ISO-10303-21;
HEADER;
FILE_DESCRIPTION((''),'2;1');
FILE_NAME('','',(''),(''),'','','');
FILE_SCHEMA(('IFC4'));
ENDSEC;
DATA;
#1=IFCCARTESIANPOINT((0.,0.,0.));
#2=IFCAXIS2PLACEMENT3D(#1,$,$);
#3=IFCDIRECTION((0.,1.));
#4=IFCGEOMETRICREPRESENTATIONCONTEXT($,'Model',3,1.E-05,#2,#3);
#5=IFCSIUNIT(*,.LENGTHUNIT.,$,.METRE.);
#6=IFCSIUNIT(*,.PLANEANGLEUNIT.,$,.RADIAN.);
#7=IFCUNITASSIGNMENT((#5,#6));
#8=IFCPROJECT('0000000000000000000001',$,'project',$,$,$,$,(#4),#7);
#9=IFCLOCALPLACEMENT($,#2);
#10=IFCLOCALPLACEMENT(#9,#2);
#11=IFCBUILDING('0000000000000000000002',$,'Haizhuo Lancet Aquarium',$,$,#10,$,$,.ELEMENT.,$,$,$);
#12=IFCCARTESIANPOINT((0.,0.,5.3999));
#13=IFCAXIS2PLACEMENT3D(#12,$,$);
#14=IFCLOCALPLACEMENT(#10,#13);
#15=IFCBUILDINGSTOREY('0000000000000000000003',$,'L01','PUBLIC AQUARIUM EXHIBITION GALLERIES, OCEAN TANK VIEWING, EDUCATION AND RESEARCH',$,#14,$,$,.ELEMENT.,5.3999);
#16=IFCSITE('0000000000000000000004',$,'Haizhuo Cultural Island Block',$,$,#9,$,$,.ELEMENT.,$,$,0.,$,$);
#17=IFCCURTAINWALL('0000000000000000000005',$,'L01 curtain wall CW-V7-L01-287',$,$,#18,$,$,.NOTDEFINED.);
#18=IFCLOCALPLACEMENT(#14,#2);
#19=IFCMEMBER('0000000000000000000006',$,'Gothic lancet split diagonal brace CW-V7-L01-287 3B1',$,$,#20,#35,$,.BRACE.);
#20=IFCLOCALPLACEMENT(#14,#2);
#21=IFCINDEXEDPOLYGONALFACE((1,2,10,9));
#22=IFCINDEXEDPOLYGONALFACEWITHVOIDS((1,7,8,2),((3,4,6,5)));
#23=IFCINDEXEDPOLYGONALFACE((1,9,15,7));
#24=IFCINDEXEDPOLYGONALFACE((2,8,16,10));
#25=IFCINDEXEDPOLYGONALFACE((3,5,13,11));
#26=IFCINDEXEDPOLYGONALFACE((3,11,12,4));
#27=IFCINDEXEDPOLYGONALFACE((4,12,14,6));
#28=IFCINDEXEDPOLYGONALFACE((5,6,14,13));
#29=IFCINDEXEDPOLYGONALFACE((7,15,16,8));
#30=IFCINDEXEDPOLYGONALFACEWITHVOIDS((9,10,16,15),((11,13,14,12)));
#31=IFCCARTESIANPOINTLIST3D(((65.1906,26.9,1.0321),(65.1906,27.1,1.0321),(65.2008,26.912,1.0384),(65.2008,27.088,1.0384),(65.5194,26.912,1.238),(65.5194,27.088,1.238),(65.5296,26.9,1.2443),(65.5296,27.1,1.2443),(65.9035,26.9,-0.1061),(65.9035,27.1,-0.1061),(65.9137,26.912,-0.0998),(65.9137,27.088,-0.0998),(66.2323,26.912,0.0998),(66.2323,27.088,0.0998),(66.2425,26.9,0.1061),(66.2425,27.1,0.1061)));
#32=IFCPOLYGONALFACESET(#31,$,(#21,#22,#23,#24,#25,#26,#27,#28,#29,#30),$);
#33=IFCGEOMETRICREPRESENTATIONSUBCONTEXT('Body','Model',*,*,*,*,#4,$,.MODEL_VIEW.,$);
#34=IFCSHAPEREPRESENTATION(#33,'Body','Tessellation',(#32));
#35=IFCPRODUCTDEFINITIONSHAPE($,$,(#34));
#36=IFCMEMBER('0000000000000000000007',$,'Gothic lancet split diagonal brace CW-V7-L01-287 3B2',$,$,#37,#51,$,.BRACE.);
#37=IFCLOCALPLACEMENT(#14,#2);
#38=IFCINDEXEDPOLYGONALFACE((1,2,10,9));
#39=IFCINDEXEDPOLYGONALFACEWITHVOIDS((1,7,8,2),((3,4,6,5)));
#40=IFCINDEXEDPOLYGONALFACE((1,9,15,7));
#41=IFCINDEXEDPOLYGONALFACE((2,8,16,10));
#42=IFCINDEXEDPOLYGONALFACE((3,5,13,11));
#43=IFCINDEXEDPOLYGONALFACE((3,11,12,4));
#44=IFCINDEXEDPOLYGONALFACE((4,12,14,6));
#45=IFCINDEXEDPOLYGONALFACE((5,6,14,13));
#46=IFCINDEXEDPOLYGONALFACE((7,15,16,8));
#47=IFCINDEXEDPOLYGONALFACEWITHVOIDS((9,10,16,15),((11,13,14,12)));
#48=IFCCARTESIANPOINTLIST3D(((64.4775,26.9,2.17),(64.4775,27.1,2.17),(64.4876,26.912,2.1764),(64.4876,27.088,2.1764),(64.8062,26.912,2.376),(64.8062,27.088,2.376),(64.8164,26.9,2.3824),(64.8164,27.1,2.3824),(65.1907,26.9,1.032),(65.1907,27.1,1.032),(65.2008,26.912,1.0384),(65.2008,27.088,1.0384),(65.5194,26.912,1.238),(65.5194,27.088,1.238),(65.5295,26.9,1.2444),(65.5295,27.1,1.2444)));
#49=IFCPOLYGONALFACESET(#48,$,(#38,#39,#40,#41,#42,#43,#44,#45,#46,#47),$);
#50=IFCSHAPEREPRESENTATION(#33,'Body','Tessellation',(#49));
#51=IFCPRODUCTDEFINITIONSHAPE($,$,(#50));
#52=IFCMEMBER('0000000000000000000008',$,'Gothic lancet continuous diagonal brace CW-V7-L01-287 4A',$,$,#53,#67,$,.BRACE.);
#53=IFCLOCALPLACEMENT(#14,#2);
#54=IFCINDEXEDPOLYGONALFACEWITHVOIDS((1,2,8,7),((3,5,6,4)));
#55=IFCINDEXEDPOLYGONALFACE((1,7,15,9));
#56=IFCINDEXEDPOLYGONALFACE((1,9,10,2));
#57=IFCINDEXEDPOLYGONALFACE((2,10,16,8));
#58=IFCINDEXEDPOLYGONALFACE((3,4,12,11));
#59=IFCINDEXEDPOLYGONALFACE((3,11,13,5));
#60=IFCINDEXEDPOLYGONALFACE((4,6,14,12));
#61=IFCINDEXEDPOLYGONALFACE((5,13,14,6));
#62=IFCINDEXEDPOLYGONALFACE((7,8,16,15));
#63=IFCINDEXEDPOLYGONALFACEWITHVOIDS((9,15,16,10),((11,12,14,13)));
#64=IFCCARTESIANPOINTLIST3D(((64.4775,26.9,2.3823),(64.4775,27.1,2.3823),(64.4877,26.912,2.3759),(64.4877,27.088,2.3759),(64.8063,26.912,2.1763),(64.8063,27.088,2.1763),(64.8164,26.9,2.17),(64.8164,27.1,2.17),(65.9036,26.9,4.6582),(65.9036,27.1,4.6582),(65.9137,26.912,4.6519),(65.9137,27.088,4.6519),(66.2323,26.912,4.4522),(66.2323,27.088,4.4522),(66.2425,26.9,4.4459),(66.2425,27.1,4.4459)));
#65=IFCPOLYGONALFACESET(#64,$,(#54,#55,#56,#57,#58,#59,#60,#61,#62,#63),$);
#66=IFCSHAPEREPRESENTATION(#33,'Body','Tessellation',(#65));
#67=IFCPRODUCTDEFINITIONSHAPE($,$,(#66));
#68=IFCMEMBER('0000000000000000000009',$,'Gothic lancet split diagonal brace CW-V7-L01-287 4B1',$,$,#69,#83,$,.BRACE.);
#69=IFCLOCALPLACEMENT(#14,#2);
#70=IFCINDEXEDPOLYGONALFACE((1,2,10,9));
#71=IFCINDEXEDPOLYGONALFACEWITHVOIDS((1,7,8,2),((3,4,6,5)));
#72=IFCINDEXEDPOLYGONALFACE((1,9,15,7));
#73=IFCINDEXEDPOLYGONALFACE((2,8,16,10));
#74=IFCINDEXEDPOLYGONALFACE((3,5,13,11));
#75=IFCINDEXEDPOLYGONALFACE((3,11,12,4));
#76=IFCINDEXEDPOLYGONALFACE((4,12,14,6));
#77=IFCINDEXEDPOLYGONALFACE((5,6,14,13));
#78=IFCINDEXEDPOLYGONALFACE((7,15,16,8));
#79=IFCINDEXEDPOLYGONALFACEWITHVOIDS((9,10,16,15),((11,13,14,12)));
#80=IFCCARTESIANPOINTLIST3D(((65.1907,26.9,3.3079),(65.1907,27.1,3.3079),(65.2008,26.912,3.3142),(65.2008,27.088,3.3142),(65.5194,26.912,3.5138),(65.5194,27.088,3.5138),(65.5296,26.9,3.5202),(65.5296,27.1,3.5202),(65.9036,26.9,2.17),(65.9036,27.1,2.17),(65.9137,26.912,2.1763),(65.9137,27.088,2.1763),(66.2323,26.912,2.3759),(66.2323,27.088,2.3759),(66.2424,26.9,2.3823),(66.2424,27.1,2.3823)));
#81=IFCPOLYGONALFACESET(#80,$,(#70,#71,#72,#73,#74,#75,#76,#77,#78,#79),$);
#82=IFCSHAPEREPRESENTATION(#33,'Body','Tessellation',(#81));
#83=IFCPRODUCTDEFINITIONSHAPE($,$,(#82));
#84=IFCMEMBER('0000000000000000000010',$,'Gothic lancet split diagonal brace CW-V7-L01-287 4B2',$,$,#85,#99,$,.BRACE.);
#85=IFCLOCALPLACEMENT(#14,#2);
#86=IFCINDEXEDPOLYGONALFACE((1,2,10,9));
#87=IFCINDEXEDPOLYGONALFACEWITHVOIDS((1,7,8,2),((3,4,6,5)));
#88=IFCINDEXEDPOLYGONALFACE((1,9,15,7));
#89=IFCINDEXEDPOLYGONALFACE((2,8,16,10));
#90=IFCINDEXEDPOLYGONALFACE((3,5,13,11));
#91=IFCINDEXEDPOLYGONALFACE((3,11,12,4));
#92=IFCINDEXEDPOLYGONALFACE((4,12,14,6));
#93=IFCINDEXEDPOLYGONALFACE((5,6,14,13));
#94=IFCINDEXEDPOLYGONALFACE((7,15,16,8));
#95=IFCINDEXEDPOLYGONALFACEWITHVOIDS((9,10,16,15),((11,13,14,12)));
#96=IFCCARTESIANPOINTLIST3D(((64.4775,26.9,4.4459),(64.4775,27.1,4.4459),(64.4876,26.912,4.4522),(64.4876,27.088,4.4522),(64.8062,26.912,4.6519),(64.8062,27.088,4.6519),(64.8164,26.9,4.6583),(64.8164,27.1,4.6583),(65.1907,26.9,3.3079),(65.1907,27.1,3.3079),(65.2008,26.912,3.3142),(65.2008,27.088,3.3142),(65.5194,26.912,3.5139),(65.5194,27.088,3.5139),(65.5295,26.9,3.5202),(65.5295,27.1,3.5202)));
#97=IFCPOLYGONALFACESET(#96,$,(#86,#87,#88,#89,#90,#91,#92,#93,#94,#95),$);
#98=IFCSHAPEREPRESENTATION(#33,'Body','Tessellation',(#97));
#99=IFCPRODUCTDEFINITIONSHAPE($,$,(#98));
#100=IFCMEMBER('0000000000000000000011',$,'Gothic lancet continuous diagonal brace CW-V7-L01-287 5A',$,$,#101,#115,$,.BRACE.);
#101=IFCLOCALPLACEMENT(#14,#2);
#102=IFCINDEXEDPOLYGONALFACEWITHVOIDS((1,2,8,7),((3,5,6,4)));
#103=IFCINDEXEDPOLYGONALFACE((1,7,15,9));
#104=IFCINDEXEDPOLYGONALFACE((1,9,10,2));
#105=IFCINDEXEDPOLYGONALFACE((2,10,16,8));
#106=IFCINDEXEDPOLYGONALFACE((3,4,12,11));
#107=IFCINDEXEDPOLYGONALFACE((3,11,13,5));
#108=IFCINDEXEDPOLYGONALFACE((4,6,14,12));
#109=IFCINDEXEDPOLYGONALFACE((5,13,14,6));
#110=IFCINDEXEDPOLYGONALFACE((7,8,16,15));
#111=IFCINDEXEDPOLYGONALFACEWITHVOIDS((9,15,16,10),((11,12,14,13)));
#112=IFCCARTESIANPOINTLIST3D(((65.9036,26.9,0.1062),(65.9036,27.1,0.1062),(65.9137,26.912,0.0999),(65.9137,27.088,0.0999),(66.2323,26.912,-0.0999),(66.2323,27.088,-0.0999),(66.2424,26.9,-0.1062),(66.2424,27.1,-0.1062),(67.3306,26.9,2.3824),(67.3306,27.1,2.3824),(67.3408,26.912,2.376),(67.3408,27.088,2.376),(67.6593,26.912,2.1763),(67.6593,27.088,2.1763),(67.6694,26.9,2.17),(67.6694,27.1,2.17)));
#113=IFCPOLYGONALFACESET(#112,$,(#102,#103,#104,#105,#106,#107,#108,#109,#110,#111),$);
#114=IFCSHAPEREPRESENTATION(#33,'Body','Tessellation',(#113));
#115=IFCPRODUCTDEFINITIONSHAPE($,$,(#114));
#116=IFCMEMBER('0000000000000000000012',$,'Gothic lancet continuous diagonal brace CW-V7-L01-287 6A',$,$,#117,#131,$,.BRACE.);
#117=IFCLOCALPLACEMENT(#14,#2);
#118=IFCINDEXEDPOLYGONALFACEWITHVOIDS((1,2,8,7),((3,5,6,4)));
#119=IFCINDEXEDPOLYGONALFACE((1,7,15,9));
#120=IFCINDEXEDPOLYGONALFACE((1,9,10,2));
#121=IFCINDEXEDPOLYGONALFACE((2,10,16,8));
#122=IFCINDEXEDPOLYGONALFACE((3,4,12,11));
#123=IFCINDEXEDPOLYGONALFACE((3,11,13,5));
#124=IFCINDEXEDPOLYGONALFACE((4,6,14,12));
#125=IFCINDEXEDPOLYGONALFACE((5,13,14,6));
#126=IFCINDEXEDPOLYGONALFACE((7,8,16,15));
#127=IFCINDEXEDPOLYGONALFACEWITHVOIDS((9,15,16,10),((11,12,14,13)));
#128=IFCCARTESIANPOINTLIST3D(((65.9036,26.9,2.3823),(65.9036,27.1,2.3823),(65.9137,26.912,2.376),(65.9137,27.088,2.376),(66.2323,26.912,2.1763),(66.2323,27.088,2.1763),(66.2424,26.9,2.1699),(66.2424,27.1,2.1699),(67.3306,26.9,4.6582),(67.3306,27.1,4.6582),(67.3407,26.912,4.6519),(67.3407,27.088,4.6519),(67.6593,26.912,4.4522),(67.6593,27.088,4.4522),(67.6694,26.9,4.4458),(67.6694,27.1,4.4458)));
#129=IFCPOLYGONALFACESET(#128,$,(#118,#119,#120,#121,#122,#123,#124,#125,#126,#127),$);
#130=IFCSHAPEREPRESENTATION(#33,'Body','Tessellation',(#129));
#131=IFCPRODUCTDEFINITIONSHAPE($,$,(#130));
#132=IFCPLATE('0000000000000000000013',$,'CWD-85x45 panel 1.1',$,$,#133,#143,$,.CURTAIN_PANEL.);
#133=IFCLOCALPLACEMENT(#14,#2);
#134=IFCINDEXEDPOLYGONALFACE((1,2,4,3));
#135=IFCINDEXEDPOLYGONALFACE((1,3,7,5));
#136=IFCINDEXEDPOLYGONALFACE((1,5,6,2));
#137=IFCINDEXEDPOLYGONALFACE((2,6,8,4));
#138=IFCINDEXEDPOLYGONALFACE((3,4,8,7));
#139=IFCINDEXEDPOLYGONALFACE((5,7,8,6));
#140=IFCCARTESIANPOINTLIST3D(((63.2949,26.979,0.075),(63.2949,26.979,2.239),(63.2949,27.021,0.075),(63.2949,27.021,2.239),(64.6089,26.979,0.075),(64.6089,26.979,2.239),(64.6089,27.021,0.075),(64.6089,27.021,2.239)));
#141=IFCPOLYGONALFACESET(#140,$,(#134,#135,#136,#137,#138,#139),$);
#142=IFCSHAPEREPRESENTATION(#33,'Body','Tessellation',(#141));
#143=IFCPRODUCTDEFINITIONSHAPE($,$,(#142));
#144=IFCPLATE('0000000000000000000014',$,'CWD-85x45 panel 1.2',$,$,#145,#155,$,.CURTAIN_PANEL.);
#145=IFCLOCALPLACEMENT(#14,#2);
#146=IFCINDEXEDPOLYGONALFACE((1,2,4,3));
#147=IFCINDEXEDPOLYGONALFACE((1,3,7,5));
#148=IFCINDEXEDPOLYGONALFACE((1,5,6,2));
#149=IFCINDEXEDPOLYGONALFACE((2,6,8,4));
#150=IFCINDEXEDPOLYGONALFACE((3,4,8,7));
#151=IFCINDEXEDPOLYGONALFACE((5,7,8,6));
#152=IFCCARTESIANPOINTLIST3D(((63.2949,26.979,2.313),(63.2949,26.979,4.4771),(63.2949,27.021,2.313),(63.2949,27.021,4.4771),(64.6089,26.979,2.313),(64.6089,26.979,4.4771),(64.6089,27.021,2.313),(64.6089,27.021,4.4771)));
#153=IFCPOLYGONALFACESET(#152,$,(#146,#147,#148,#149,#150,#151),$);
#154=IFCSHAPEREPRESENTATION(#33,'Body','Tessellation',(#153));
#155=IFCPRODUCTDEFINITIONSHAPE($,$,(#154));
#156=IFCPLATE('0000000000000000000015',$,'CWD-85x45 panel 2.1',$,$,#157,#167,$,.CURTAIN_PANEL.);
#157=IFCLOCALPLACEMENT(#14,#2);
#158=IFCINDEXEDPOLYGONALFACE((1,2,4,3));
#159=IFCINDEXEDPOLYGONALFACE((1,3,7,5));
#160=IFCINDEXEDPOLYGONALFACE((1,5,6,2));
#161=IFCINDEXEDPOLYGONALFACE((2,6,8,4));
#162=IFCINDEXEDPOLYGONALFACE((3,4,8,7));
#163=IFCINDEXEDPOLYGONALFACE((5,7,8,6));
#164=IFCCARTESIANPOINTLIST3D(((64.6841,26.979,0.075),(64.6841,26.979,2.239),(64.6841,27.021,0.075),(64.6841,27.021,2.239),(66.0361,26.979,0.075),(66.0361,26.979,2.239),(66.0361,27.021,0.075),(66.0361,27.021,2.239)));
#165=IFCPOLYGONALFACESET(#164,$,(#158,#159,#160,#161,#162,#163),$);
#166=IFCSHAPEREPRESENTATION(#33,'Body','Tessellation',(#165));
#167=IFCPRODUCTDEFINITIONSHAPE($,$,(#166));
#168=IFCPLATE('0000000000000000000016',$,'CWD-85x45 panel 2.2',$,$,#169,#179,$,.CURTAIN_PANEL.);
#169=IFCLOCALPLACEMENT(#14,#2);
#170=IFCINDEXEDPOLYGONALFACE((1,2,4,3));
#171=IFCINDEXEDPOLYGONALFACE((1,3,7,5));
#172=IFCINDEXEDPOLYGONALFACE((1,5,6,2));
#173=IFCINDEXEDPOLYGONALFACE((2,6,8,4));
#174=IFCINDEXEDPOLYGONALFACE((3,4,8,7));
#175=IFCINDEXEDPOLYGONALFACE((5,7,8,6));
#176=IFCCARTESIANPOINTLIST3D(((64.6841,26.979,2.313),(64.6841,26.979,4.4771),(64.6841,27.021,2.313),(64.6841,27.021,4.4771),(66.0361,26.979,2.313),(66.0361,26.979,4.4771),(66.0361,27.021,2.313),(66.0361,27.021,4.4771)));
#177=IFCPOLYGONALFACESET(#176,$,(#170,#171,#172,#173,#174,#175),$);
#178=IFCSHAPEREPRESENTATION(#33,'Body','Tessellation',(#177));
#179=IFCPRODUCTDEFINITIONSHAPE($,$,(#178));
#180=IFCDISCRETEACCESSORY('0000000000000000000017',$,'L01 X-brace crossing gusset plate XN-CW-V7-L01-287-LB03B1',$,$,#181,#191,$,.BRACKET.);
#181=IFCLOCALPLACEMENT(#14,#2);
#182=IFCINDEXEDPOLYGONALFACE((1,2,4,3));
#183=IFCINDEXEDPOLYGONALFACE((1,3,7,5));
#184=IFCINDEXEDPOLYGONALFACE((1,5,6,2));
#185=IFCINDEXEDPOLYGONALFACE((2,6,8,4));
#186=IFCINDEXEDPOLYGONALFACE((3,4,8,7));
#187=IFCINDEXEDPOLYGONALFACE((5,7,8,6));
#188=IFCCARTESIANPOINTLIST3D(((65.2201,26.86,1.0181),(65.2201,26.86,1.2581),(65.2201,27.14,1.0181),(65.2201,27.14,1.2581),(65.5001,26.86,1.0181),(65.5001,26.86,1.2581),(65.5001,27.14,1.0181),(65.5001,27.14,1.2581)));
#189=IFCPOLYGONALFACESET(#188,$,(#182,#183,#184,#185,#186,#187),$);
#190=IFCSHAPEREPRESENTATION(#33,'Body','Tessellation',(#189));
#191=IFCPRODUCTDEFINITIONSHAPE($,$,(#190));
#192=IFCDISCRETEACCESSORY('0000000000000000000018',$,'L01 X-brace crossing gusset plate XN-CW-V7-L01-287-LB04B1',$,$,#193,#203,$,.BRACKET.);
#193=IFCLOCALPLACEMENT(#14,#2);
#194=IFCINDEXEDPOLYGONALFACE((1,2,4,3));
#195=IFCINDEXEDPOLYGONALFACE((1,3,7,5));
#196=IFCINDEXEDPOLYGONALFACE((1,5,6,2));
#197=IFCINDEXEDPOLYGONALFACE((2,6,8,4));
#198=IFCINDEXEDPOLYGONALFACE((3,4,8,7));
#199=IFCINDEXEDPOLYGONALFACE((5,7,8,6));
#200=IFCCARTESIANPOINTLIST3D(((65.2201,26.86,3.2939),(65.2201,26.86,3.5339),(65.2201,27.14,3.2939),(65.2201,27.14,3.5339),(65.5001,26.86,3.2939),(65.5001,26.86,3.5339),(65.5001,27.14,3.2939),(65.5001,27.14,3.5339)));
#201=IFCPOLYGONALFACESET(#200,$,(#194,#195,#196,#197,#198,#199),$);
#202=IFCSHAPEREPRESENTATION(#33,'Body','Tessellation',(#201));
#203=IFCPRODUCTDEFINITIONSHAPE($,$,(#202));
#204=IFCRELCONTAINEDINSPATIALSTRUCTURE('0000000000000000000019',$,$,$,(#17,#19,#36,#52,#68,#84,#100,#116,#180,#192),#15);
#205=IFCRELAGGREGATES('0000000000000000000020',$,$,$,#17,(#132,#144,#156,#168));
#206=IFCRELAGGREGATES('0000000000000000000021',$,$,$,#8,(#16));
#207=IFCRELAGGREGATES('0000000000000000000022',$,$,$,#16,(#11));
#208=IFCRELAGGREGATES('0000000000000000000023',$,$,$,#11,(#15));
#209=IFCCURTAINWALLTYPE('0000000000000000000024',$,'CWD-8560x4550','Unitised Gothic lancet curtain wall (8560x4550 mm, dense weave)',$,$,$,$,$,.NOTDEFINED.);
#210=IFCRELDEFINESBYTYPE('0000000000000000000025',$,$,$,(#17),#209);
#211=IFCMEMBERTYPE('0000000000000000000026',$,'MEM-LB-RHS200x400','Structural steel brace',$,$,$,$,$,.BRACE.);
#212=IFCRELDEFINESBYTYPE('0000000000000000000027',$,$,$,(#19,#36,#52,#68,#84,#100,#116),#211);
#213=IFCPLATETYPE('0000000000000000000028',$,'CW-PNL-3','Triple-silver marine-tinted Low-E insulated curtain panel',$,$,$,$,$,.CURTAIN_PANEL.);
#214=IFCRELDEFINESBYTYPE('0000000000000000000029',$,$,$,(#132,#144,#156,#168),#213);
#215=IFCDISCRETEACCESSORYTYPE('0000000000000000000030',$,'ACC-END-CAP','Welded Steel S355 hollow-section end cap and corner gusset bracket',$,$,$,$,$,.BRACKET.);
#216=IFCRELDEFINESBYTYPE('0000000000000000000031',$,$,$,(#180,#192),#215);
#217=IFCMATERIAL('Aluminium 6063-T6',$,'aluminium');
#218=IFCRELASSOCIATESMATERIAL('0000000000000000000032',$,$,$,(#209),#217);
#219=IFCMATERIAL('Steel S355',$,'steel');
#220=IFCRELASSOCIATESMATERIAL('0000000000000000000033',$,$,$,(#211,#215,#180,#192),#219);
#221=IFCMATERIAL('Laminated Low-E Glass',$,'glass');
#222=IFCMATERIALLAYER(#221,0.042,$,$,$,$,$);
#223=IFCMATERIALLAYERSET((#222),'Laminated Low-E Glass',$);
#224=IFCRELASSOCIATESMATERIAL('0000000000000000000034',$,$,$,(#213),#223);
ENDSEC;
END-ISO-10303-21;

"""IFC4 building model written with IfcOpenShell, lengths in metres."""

from ifc_helpers import new_model, si_unit, direction, frame, origin, origin_2d, place, context, subcontext, project, spatial, rectangle, hollow_rectangle, extrude, material, layer, layer_set, material_profile, profile_set, type_object, element, aggregate, save


model = new_model("IFC4")

# Units and contexts
model_context = context("Model", 3, precision=1e-05, world=origin(), true_north=direction((0.0, 1.0)))
body_context = subcontext(model_context, "Body", "Model", "MODEL_VIEW")
ifc_project = project(units=[si_unit("LENGTHUNIT", "METRE"), si_unit("PLANEANGLEUNIT", "RADIAN")], contexts=[model_context])

# Site, building, storey
site_placement = place(None, origin())
site = spatial("IfcSite", under=ifc_project, at=site_placement, Name="Haizhuo Cultural Island Block", CompositionType="ELEMENT", RefElevation=0.0)
building_placement = place(site_placement, origin())
building = spatial("IfcBuilding", under=site, at=building_placement, Name="Haizhuo Lancet Aquarium", CompositionType="ELEMENT")
storey_placement = place(building_placement, frame((0.0, 0.0, 5.3999)))
storey = spatial("IfcBuildingStorey", under=building, at=storey_placement, Name="L01", Description="PUBLIC AQUARIUM EXHIBITION GALLERIES, OCEAN TANK VIEWING, EDUCATION AND RESEARCH", CompositionType="ELEMENT", Elevation=5.3999)

# Curtain wall
ifc_material_1 = material(Name="Aluminium 6063-T6", Category="aluminium")
curtain_wall_type = type_object("IfcCurtainWallType", Name="CWD-8560x4550", Description="Unitised Gothic lancet curtain wall (8560x4550 mm, dense weave)", PredefinedType="NOTDEFINED", material=ifc_material_1)
curtain_wall_placement = place(storey_placement, origin())
curtain_wall = element("IfcCurtainWall", 1, at=curtain_wall_placement, inside=storey, type_object=curtain_wall_type, Name="L01 curtain wall CW-V7-L01-287", PredefinedType="NOTDEFINED")

# Members
ifc_material_2 = material(Name="Steel S355", Category="steel")
ifc_material_profile_1 = material_profile(ifc_material_2, hollow_rectangle(XDim=0.2, YDim=0.3999, WallThickness=0.012, at=origin_2d()), Name="RHS 200x400x12")
ifc_profile_set_1 = profile_set([ifc_material_profile_1], Name="Steel S355")
member_type_1 = type_object("IfcMemberType", Name="MEM-LB-RHS200x400", Description="Structural steel brace", PredefinedType="BRACE", material=ifc_profile_set_1)
for number, where, z_axis, x_axis, name in (
    (2, (66.073, 27.0, 0.0), (-0.530816, 0.0, 0.847487), (0.0, -1.0, 0.0), "Gothic lancet split diagonal brace CW-V7-L01-287 3B1"),
    (3, (65.3601, 27.0, 1.1382), (-0.531028, 0.0, 0.847354), (0.0, -1.0, 0.0), "Gothic lancet split diagonal brace CW-V7-L01-287 3B2"),
):
    element("IfcMember", number, at=place(storey_placement, frame(where, z_axis=z_axis, x_axis=x_axis)), inside=storey, type_object=member_type_1, Name=name, PredefinedType="BRACE", context=body_context, shape_type="SweptSolid", body=[
        extrude(hollow_rectangle(XDim=0.2, YDim=0.3999, WallThickness=0.012, at=origin_2d()), origin(), (0.0, 0.0, 1.0), 1.343),
    ])
member_1_placement = place(storey_placement, frame((64.647, 27.0, 2.2761), z_axis=(0.530963, 0.0, 0.847395), x_axis=(0.0, 1.0, 0.0)))
element("IfcMember", 4, at=member_1_placement, inside=storey, type_object=member_type_1, Name="Gothic lancet continuous diagonal brace CW-V7-L01-287 4A", PredefinedType="BRACE", context=body_context, shape_type="SweptSolid", body=[
    extrude(hollow_rectangle(XDim=0.2, YDim=0.3999, WallThickness=0.012, at=origin_2d()), origin(), (0.0, 0.0, 1.0), 2.6858),
])
member_2_placement = place(storey_placement, frame((66.073, 27.0, 2.2761), z_axis=(-0.530897, 0.0, 0.847436), x_axis=(0.0, -1.0, 0.0)))
element("IfcMember", 5, at=member_2_placement, inside=storey, type_object=member_type_1, Name="Gothic lancet split diagonal brace CW-V7-L01-287 4B1", PredefinedType="BRACE", context=body_context, shape_type="SweptSolid", body=[
    extrude(hollow_rectangle(XDim=0.2, YDim=0.3999, WallThickness=0.012, at=origin_2d()), origin(), (0.0, 0.0, 1.0), 1.3428),
])
member_3_placement = place(storey_placement, frame((65.3601, 27.0, 3.4141), z_axis=(-0.531028, 0.0, 0.847354), x_axis=(0.0, -1.0, 0.0)))
element("IfcMember", 6, at=member_3_placement, inside=storey, type_object=member_type_1, Name="Gothic lancet split diagonal brace CW-V7-L01-287 4B2", PredefinedType="BRACE", context=body_context, shape_type="SweptSolid", body=[
    extrude(hollow_rectangle(XDim=0.2, YDim=0.3999, WallThickness=0.012, at=origin_2d()), origin(), (0.0, 0.0, 1.0), 1.343),
])
member_4_placement = place(storey_placement, frame((66.073, 27.0, 0.0), z_axis=(0.531183, 0.0, 0.847257), x_axis=(0.0, 1.0, 0.0)))
element("IfcMember", 7, at=member_4_placement, inside=storey, type_object=member_type_1, Name="Gothic lancet continuous diagonal brace CW-V7-L01-287 5A", PredefinedType="BRACE", context=body_context, shape_type="SweptSolid", body=[
    extrude(hollow_rectangle(XDim=0.2, YDim=0.3999, WallThickness=0.012, at=origin_2d()), origin(), (0.0, 0.0, 1.0), 2.6865),
])
member_5_placement = place(storey_placement, frame((66.073, 27.0, 2.2761), z_axis=(0.531224, 0.0, 0.847232), x_axis=(0.0, 1.0, 0.0)))
element("IfcMember", 8, at=member_5_placement, inside=storey, type_object=member_type_1, Name="Gothic lancet continuous diagonal brace CW-V7-L01-287 6A", PredefinedType="BRACE", context=body_context, shape_type="SweptSolid", body=[
    extrude(hollow_rectangle(XDim=0.2, YDim=0.3999, WallThickness=0.012, at=origin_2d()), origin(), (0.0, 0.0, 1.0), 2.6863),
])

# Plates
ifc_material_3 = material(Name="Laminated Low-E Glass", Category="glass")
ifc_layer = layer(ifc_material_3, 0.042)
ifc_layer_set = layer_set([ifc_layer], Name="Laminated Low-E Glass")
plate_type = type_object("IfcPlateType", Name="CW-PNL-3", Description="Triple-silver marine-tinted Low-E insulated curtain panel", PredefinedType="CURTAIN_PANEL", material=ifc_layer_set)
plate_1_placement = place(storey_placement, frame((63.9519, 27.0, 0.075), z_axis=(0.0, 0.0, 1.0), x_axis=(1.0, 0.0, 0.0)))
plate_1 = element("IfcPlate", 9, at=plate_1_placement, type_object=plate_type, Name="CWD-85x45 panel 1.1", PredefinedType="CURTAIN_PANEL", context=body_context, shape_type="SweptSolid", body=[
    extrude(rectangle(XDim=1.314, YDim=0.042, at=origin_2d()), origin(), (0.0, 0.0, 1.0), 2.1641),
])
plate_2_placement = place(storey_placement, frame((63.9519, 27.0, 2.313), z_axis=(0.0, 0.0, 1.0), x_axis=(1.0, 0.0, 0.0)))
plate_2 = element("IfcPlate", 10, at=plate_2_placement, type_object=plate_type, Name="CWD-85x45 panel 1.2", PredefinedType="CURTAIN_PANEL", context=body_context, shape_type="SweptSolid", body=[
    extrude(rectangle(XDim=1.314, YDim=0.042, at=origin_2d()), origin(), (0.0, 0.0, 1.0), 2.1641),
])
plate_3_placement = place(storey_placement, frame((65.3601, 27.0, 0.075), z_axis=(0.0, 0.0, 1.0), x_axis=(1.0, 0.0, 0.0)))
plate_3 = element("IfcPlate", 11, at=plate_3_placement, type_object=plate_type, Name="CWD-85x45 panel 2.1", PredefinedType="CURTAIN_PANEL", context=body_context, shape_type="SweptSolid", body=[
    extrude(rectangle(XDim=1.3521, YDim=0.042, at=origin_2d()), origin(), (0.0, 0.0, 1.0), 2.1641),
])
plate_4_placement = place(storey_placement, frame((65.3601, 27.0, 2.313), z_axis=(0.0, 0.0, 1.0), x_axis=(1.0, 0.0, 0.0)))
plate_4 = element("IfcPlate", 12, at=plate_4_placement, type_object=plate_type, Name="CWD-85x45 panel 2.2", PredefinedType="CURTAIN_PANEL", context=body_context, shape_type="SweptSolid", body=[
    extrude(rectangle(XDim=1.3521, YDim=0.042, at=origin_2d()), origin(), (0.0, 0.0, 1.0), 2.1641),
])
aggregate(curtain_wall, [plate_1, plate_2, plate_3, plate_4])

# Discrete accessories
discrete_accessory_type = type_object("IfcDiscreteAccessoryType", Name="ACC-END-CAP", Description="Welded Steel S355 hollow-section end cap and corner gusset bracket", PredefinedType="BRACKET", material=ifc_material_2)
for number, where, z_axis, x_axis, name in (
    (13, (65.3601, 27.0, 1.0181), (0.0, 0.0, 1.0), (1.0, 0.0, 0.0), "L01 X-brace crossing gusset plate XN-CW-V7-L01-287-LB03B1"),
    (14, (65.3601, 27.0, 3.2939), (0.0, 0.0, 1.0), (1.0, 0.0, 0.0), "L01 X-brace crossing gusset plate XN-CW-V7-L01-287-LB04B1"),
):
    element("IfcDiscreteAccessory", number, at=place(storey_placement, frame(where, z_axis=z_axis, x_axis=x_axis)), inside=storey, type_object=discrete_accessory_type, material=ifc_material_2, Name=name, PredefinedType="BRACKET", context=body_context, shape_type="SweptSolid", body=[
        extrude(rectangle(XDim=0.28, YDim=0.28, at=origin_2d()), origin(), (0.0, 0.0, 1.0), 0.24),
    ])

save(model, "model.ifc")
